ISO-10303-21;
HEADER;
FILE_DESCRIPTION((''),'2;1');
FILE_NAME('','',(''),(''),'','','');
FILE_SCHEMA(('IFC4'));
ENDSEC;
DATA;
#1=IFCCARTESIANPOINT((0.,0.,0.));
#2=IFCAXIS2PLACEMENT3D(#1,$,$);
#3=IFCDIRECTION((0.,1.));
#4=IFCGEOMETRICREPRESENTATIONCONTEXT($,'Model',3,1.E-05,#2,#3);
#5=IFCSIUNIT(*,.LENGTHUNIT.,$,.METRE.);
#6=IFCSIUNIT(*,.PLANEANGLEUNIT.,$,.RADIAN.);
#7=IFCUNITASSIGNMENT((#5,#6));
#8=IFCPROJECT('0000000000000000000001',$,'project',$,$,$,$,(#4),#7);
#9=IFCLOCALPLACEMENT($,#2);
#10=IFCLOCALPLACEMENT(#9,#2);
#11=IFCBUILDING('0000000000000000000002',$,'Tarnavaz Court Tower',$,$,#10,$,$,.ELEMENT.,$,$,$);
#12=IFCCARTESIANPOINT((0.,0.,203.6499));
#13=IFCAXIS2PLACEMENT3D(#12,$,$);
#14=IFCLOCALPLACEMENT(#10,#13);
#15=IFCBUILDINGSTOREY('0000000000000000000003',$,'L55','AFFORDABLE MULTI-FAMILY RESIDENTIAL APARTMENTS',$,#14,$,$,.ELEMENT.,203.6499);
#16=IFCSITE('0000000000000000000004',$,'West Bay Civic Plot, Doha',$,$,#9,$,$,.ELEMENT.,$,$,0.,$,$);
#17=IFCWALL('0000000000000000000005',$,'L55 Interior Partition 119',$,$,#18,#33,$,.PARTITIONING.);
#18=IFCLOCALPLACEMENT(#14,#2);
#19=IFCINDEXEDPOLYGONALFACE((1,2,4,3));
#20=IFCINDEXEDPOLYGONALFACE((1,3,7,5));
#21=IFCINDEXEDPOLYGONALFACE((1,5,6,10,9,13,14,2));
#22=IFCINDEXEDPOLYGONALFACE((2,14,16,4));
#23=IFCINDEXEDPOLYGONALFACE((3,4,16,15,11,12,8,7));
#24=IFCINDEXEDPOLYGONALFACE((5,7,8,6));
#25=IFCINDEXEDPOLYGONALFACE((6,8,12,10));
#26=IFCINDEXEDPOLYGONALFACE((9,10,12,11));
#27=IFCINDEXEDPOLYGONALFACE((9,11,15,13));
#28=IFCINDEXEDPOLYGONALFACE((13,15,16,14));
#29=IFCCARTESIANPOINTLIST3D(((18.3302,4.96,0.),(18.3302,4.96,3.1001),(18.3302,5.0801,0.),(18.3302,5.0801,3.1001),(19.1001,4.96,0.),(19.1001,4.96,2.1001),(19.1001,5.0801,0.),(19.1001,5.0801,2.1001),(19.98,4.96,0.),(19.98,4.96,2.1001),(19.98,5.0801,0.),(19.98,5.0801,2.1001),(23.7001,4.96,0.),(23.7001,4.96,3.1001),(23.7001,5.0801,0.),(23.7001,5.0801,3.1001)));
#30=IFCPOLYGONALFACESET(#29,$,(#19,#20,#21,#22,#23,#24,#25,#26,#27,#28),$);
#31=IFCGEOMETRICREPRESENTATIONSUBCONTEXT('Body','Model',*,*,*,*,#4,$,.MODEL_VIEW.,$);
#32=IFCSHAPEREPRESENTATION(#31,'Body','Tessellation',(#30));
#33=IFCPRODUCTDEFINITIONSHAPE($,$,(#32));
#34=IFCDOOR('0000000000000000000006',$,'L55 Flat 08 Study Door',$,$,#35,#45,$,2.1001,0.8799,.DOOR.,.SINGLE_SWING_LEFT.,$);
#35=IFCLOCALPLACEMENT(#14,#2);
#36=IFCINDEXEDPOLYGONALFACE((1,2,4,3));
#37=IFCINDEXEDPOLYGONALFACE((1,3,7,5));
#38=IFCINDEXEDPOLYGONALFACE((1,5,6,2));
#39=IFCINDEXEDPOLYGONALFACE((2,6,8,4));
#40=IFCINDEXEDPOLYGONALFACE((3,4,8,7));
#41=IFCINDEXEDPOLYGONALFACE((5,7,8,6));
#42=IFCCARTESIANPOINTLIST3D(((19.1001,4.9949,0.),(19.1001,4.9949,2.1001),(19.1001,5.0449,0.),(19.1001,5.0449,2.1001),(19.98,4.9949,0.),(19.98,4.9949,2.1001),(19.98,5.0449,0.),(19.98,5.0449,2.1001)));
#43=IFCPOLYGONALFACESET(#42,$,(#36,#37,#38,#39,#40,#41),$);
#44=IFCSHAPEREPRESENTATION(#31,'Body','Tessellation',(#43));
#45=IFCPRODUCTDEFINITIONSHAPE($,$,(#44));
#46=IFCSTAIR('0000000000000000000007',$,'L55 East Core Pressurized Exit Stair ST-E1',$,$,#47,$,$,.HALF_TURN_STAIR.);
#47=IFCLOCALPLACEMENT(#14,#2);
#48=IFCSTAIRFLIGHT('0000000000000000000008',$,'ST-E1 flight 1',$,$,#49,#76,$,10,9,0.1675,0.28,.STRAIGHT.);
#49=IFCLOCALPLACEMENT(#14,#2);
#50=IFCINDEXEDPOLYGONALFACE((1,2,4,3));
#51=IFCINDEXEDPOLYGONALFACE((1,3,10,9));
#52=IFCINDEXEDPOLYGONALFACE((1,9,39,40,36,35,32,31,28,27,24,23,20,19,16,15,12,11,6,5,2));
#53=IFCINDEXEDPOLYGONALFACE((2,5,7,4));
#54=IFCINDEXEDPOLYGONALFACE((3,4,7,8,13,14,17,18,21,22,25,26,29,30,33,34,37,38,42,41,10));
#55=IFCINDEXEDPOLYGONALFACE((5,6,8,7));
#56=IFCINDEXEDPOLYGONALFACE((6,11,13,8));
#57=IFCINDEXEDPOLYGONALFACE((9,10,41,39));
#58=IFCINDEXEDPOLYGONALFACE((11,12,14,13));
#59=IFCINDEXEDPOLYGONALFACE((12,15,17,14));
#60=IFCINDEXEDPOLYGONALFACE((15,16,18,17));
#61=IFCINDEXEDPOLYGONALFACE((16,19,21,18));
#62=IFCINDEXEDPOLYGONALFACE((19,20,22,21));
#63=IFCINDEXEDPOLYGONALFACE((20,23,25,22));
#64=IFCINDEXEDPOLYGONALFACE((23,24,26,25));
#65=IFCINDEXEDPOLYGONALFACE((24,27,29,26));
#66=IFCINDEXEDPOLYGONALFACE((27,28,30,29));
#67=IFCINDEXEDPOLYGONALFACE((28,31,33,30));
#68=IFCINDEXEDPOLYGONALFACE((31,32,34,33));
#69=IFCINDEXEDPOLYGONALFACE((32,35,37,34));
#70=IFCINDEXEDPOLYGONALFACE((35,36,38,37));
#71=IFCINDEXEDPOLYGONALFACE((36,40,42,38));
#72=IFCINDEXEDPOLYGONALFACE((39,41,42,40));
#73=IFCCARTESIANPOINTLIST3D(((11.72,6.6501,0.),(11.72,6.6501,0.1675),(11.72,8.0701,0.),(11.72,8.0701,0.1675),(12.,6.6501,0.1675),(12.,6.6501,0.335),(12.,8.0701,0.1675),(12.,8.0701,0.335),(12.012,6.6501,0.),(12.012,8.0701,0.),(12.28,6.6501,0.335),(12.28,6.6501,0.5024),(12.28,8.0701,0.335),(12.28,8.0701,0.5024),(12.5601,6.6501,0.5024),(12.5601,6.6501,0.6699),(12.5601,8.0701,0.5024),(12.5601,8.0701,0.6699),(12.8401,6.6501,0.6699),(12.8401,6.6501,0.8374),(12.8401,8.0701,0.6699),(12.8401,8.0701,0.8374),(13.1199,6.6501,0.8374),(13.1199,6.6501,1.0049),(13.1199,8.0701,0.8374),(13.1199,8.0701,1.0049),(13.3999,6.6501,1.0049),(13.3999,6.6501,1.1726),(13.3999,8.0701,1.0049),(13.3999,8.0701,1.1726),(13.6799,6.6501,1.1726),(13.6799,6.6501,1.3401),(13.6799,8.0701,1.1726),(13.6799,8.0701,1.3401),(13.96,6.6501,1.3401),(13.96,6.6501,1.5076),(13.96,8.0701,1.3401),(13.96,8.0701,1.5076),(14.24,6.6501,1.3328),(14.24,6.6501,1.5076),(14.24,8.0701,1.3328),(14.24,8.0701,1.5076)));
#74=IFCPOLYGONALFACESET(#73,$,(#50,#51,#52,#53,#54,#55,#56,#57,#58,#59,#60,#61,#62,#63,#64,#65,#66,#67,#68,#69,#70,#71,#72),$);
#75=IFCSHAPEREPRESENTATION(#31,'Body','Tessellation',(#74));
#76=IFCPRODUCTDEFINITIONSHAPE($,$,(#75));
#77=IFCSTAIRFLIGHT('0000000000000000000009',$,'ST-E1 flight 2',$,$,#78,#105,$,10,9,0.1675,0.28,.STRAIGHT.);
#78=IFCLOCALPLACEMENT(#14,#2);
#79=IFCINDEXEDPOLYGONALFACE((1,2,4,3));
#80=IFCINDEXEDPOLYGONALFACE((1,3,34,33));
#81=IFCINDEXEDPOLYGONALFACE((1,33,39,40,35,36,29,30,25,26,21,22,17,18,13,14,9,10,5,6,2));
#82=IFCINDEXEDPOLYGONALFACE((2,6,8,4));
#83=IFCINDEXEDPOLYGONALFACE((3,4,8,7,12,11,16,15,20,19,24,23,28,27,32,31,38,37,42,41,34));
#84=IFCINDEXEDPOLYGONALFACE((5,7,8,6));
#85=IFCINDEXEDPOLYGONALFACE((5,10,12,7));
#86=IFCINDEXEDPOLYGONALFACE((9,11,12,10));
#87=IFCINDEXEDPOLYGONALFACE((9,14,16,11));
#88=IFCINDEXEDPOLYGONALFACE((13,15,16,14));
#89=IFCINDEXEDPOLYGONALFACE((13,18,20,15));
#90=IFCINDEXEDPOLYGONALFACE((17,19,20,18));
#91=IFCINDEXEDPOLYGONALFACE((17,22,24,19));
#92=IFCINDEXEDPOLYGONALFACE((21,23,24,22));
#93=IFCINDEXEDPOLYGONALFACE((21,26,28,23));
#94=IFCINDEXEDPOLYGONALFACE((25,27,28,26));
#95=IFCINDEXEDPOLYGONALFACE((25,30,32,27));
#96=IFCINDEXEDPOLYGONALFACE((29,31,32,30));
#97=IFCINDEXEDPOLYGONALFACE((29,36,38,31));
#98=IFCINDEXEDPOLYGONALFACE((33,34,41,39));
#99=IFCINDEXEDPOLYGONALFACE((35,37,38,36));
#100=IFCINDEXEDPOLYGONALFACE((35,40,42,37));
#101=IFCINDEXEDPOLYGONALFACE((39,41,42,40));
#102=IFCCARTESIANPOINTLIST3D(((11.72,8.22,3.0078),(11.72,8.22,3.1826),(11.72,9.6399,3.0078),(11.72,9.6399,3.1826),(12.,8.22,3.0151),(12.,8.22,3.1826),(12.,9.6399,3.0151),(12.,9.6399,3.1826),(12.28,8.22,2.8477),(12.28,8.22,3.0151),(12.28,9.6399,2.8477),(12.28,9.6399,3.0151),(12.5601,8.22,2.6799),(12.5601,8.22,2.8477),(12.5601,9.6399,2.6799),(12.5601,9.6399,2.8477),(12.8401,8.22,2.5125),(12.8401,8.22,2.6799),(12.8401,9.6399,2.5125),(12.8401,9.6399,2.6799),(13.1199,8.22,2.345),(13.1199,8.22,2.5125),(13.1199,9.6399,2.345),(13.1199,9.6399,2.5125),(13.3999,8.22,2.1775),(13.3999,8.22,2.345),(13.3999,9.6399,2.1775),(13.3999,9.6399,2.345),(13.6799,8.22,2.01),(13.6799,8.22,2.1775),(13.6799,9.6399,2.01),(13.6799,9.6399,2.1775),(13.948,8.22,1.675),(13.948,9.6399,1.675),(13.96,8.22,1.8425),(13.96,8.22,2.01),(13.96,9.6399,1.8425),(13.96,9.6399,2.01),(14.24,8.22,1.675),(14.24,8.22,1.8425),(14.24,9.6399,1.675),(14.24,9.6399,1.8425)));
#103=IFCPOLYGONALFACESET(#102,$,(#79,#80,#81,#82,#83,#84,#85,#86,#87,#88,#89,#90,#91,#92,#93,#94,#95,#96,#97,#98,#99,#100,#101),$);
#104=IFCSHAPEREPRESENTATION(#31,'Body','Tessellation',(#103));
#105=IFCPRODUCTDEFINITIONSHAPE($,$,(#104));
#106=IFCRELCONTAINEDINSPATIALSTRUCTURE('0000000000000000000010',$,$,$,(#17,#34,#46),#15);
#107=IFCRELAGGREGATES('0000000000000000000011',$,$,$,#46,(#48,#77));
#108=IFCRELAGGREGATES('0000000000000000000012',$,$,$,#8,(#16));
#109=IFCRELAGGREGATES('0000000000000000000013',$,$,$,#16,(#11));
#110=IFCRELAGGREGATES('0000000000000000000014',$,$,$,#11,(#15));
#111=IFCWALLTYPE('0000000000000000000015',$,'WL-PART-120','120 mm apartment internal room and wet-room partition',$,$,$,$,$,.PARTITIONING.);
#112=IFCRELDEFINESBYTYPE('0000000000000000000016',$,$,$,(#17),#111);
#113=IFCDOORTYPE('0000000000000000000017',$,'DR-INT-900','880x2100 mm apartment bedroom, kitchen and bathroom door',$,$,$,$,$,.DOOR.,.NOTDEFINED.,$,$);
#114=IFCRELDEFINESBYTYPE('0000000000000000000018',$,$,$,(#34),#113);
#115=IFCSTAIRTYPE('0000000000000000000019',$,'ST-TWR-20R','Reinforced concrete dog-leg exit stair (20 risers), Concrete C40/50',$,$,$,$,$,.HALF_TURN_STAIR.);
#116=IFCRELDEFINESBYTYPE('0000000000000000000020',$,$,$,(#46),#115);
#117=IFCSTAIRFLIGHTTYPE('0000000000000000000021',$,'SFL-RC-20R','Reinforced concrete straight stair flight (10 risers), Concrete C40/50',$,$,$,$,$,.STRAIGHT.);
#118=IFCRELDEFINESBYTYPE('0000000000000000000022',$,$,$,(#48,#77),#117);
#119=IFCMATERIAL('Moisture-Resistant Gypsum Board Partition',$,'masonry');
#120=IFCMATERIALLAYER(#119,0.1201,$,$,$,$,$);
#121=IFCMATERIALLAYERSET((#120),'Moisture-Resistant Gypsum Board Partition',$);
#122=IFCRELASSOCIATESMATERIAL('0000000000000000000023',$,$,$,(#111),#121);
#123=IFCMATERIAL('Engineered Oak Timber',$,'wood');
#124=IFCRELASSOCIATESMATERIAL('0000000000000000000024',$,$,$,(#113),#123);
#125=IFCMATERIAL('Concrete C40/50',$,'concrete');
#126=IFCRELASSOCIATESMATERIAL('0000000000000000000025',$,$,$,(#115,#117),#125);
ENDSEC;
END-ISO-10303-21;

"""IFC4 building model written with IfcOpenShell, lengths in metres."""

from ifc_helpers import new_model, si_unit, direction, frame, frame_2d, origin, place, context, subcontext, project, spatial, polyline, rectangle, outline, extrude, material, layer, layer_set, type_object, element, fill, aggregate, save


model = new_model("IFC4")

# Units and contexts
model_context = context("Model", 3, precision=1e-05, world=origin(), true_north=direction((0.0, 1.0)))
body_context = subcontext(model_context, "Body", "Model", "MODEL_VIEW")
ifc_project = project(units=[si_unit("LENGTHUNIT", "METRE"), si_unit("PLANEANGLEUNIT", "RADIAN")], contexts=[model_context])

# Site, building, storey
site_placement = place(None, origin())
site = spatial("IfcSite", under=ifc_project, at=site_placement, Name="West Bay Civic Plot, Doha", CompositionType="ELEMENT", RefElevation=0.0)
building_placement = place(site_placement, origin())
building = spatial("IfcBuilding", under=site, at=building_placement, Name="Tarnavaz Court Tower", CompositionType="ELEMENT")
storey_placement = place(building_placement, frame((0.0, 0.0, 203.6499)))
storey = spatial("IfcBuildingStorey", under=building, at=storey_placement, Name="L55", Description="AFFORDABLE MULTI-FAMILY RESIDENTIAL APARTMENTS", CompositionType="ELEMENT", Elevation=203.6499)

# Wall, opening, door
ifc_material_1 = material(Name="Moisture-Resistant Gypsum Board Partition", Category="masonry")
ifc_layer_1 = layer(ifc_material_1, 0.1201)
ifc_layer_set_1 = layer_set([ifc_layer_1], Name="Moisture-Resistant Gypsum Board Partition")
wall_type_1 = type_object("IfcWallType", Name="WL-PART-120", Description="120 mm apartment internal room and wet-room partition", PredefinedType="PARTITIONING", material=ifc_layer_set_1)
wall_1_placement = place(storey_placement, frame((18.3301, 5.02, 0.0), z_axis=(0.0, 0.0, 1.0), x_axis=(1.0, 0.0, 0.0)))
wall_1 = element("IfcWall", 1, at=wall_1_placement, inside=storey, type_object=wall_type_1, Name="L55 Interior Partition 119", PredefinedType="PARTITIONING", context=body_context, shape_type="SweptSolid", body=[
    extrude(rectangle(XDim=5.3699, YDim=0.1201, at=frame_2d((2.6851, 0.0))), origin(), (0.0, 0.0, 1.0), 3.1001),
])
opening_1_placement = place(wall_1_placement, frame((0.77, 0.0, 0.0)))
opening_1 = element("IfcOpeningElement", 2, at=opening_1_placement, cuts=wall_1, PredefinedType="OPENING", context=body_context, shape_type="SweptSolid", body=[
    extrude(rectangle(XDim=0.8799, YDim=2.1001, at=frame_2d((0.4399, 1.05))), frame((0.0, 0.0701, 0.0), z_axis=(0.0, -1.0, 0.0), x_axis=(1.0, 0.0, 0.0)), (0.0, 0.0, 1.0), 0.1401),
])
ifc_material_2 = material(Name="Engineered Oak Timber", Category="wood")
door_type_1 = type_object("IfcDoorType", Name="DR-INT-900", Description="880x2100 mm apartment bedroom, kitchen and bathroom door", OperationType="NOTDEFINED", PredefinedType="DOOR", material=ifc_material_2)
door_1_placement = place(opening_1_placement, origin())
door_1 = element("IfcDoor", 3, at=door_1_placement, inside=storey, type_object=door_type_1, Name="L55 Flat 08 Study Door", OperationType="SINGLE_SWING_LEFT", OverallHeight=2.1001, OverallWidth=0.8799, PredefinedType="DOOR", context=body_context, shape_type="SweptSolid", body=[
    extrude(rectangle(XDim=0.8799, YDim=2.1001, at=frame_2d((0.4399, 1.05))), frame((0.0, 0.0249, 0.0), z_axis=(0.0, -1.0, 0.0), x_axis=(1.0, 0.0, 0.0)), (0.0, 0.0, 1.0), 0.05),
])
fill(opening_1, door_1)

# Stair, stair flights
ifc_material_3 = material(Name="Concrete C40/50", Category="concrete")
stair_type = type_object("IfcStairType", Name="ST-TWR-20R", Description="Reinforced concrete dog-leg exit stair (20 risers), Concrete C40/50", PredefinedType="HALF_TURN_STAIR", material=ifc_material_3)
stair_placement = place(storey_placement, origin())
stair = element("IfcStair", 4, at=stair_placement, inside=storey, type_object=stair_type, Name="L55 East Core Pressurized Exit Stair ST-E1", PredefinedType="HALF_TURN_STAIR")
stair_flight_type = type_object("IfcStairFlightType", Name="SFL-RC-20R", Description="Reinforced concrete straight stair flight (10 risers), Concrete C40/50", PredefinedType="STRAIGHT", material=ifc_material_3)
stair_flight_1_placement = place(storey_placement, frame((11.72, 7.3601, 0.0), z_axis=(0.0, 0.0, 1.0), x_axis=(1.0, 0.0, 0.0)))
stair_flight_1 = element("IfcStairFlight", 5, at=stair_flight_1_placement, type_object=stair_flight_type, Name="ST-E1 flight 1", NumberOfRisers=10, NumberOfTreads=9, PredefinedType="STRAIGHT", RiserHeight=0.1675, TreadLength=0.28, context=body_context, shape_type="SweptSolid", body=[
    extrude(outline(polyline([(0.0, 0.0), (0.0, 0.1675), (0.28, 0.1675), (0.28, 0.335), (0.5601, 0.335), (0.5601, 0.5024), (0.8401, 0.5024), (0.8401, 0.6699), (1.1201, 0.6699), (1.1201, 0.8374), (1.3999, 0.8374), (1.3999, 1.0049), (1.6799, 1.0049), (1.6799, 1.1726), (1.96, 1.1726), (1.96, 1.3401), (2.24, 1.3401), (2.24, 1.5076), (2.52, 1.5076), (2.52, 1.675), (2.52, 1.3328), (0.292, 0.0), (0.0, 0.0)])), frame((0.0, 0.71, 0.0), z_axis=(0.0, -1.0, 0.0), x_axis=(1.0, 0.0, 0.0)), (0.0, 0.0, 1.0), 1.4199),
])
stair_flight_2_placement = place(storey_placement, frame((14.24, 8.9299, 1.675), z_axis=(0.0, 0.0, 1.0), x_axis=(-1.0, 0.0, 0.0)))
stair_flight_2 = element("IfcStairFlight", 6, at=stair_flight_2_placement, type_object=stair_flight_type, Name="ST-E1 flight 2", NumberOfRisers=10, NumberOfTreads=9, PredefinedType="STRAIGHT", RiserHeight=0.1675, TreadLength=0.28, context=body_context, shape_type="SweptSolid", body=[
    extrude(outline(polyline([(0.0, 0.0), (0.0, 0.1675), (0.28, 0.1675), (0.28, 0.335), (0.5601, 0.335), (0.5601, 0.5024), (0.8401, 0.5024), (0.8401, 0.6699), (1.1201, 0.6699), (1.1201, 0.8374), (1.3999, 0.8374), (1.3999, 1.0049), (1.6799, 1.0049), (1.6799, 1.1726), (1.96, 1.1726), (1.96, 1.3401), (2.24, 1.3401), (2.24, 1.5076), (2.52, 1.5076), (2.52, 1.675), (2.52, 1.3328), (0.292, 0.0), (0.0, 0.0)])), frame((0.0, 0.71, 0.0), z_axis=(0.0, -1.0, 0.0), x_axis=(1.0, 0.0, 0.0)), (0.0, 0.0, 1.0), 1.4199),
])
aggregate(stair, [stair_flight_1, stair_flight_2])

save(model, "model.ifc")
